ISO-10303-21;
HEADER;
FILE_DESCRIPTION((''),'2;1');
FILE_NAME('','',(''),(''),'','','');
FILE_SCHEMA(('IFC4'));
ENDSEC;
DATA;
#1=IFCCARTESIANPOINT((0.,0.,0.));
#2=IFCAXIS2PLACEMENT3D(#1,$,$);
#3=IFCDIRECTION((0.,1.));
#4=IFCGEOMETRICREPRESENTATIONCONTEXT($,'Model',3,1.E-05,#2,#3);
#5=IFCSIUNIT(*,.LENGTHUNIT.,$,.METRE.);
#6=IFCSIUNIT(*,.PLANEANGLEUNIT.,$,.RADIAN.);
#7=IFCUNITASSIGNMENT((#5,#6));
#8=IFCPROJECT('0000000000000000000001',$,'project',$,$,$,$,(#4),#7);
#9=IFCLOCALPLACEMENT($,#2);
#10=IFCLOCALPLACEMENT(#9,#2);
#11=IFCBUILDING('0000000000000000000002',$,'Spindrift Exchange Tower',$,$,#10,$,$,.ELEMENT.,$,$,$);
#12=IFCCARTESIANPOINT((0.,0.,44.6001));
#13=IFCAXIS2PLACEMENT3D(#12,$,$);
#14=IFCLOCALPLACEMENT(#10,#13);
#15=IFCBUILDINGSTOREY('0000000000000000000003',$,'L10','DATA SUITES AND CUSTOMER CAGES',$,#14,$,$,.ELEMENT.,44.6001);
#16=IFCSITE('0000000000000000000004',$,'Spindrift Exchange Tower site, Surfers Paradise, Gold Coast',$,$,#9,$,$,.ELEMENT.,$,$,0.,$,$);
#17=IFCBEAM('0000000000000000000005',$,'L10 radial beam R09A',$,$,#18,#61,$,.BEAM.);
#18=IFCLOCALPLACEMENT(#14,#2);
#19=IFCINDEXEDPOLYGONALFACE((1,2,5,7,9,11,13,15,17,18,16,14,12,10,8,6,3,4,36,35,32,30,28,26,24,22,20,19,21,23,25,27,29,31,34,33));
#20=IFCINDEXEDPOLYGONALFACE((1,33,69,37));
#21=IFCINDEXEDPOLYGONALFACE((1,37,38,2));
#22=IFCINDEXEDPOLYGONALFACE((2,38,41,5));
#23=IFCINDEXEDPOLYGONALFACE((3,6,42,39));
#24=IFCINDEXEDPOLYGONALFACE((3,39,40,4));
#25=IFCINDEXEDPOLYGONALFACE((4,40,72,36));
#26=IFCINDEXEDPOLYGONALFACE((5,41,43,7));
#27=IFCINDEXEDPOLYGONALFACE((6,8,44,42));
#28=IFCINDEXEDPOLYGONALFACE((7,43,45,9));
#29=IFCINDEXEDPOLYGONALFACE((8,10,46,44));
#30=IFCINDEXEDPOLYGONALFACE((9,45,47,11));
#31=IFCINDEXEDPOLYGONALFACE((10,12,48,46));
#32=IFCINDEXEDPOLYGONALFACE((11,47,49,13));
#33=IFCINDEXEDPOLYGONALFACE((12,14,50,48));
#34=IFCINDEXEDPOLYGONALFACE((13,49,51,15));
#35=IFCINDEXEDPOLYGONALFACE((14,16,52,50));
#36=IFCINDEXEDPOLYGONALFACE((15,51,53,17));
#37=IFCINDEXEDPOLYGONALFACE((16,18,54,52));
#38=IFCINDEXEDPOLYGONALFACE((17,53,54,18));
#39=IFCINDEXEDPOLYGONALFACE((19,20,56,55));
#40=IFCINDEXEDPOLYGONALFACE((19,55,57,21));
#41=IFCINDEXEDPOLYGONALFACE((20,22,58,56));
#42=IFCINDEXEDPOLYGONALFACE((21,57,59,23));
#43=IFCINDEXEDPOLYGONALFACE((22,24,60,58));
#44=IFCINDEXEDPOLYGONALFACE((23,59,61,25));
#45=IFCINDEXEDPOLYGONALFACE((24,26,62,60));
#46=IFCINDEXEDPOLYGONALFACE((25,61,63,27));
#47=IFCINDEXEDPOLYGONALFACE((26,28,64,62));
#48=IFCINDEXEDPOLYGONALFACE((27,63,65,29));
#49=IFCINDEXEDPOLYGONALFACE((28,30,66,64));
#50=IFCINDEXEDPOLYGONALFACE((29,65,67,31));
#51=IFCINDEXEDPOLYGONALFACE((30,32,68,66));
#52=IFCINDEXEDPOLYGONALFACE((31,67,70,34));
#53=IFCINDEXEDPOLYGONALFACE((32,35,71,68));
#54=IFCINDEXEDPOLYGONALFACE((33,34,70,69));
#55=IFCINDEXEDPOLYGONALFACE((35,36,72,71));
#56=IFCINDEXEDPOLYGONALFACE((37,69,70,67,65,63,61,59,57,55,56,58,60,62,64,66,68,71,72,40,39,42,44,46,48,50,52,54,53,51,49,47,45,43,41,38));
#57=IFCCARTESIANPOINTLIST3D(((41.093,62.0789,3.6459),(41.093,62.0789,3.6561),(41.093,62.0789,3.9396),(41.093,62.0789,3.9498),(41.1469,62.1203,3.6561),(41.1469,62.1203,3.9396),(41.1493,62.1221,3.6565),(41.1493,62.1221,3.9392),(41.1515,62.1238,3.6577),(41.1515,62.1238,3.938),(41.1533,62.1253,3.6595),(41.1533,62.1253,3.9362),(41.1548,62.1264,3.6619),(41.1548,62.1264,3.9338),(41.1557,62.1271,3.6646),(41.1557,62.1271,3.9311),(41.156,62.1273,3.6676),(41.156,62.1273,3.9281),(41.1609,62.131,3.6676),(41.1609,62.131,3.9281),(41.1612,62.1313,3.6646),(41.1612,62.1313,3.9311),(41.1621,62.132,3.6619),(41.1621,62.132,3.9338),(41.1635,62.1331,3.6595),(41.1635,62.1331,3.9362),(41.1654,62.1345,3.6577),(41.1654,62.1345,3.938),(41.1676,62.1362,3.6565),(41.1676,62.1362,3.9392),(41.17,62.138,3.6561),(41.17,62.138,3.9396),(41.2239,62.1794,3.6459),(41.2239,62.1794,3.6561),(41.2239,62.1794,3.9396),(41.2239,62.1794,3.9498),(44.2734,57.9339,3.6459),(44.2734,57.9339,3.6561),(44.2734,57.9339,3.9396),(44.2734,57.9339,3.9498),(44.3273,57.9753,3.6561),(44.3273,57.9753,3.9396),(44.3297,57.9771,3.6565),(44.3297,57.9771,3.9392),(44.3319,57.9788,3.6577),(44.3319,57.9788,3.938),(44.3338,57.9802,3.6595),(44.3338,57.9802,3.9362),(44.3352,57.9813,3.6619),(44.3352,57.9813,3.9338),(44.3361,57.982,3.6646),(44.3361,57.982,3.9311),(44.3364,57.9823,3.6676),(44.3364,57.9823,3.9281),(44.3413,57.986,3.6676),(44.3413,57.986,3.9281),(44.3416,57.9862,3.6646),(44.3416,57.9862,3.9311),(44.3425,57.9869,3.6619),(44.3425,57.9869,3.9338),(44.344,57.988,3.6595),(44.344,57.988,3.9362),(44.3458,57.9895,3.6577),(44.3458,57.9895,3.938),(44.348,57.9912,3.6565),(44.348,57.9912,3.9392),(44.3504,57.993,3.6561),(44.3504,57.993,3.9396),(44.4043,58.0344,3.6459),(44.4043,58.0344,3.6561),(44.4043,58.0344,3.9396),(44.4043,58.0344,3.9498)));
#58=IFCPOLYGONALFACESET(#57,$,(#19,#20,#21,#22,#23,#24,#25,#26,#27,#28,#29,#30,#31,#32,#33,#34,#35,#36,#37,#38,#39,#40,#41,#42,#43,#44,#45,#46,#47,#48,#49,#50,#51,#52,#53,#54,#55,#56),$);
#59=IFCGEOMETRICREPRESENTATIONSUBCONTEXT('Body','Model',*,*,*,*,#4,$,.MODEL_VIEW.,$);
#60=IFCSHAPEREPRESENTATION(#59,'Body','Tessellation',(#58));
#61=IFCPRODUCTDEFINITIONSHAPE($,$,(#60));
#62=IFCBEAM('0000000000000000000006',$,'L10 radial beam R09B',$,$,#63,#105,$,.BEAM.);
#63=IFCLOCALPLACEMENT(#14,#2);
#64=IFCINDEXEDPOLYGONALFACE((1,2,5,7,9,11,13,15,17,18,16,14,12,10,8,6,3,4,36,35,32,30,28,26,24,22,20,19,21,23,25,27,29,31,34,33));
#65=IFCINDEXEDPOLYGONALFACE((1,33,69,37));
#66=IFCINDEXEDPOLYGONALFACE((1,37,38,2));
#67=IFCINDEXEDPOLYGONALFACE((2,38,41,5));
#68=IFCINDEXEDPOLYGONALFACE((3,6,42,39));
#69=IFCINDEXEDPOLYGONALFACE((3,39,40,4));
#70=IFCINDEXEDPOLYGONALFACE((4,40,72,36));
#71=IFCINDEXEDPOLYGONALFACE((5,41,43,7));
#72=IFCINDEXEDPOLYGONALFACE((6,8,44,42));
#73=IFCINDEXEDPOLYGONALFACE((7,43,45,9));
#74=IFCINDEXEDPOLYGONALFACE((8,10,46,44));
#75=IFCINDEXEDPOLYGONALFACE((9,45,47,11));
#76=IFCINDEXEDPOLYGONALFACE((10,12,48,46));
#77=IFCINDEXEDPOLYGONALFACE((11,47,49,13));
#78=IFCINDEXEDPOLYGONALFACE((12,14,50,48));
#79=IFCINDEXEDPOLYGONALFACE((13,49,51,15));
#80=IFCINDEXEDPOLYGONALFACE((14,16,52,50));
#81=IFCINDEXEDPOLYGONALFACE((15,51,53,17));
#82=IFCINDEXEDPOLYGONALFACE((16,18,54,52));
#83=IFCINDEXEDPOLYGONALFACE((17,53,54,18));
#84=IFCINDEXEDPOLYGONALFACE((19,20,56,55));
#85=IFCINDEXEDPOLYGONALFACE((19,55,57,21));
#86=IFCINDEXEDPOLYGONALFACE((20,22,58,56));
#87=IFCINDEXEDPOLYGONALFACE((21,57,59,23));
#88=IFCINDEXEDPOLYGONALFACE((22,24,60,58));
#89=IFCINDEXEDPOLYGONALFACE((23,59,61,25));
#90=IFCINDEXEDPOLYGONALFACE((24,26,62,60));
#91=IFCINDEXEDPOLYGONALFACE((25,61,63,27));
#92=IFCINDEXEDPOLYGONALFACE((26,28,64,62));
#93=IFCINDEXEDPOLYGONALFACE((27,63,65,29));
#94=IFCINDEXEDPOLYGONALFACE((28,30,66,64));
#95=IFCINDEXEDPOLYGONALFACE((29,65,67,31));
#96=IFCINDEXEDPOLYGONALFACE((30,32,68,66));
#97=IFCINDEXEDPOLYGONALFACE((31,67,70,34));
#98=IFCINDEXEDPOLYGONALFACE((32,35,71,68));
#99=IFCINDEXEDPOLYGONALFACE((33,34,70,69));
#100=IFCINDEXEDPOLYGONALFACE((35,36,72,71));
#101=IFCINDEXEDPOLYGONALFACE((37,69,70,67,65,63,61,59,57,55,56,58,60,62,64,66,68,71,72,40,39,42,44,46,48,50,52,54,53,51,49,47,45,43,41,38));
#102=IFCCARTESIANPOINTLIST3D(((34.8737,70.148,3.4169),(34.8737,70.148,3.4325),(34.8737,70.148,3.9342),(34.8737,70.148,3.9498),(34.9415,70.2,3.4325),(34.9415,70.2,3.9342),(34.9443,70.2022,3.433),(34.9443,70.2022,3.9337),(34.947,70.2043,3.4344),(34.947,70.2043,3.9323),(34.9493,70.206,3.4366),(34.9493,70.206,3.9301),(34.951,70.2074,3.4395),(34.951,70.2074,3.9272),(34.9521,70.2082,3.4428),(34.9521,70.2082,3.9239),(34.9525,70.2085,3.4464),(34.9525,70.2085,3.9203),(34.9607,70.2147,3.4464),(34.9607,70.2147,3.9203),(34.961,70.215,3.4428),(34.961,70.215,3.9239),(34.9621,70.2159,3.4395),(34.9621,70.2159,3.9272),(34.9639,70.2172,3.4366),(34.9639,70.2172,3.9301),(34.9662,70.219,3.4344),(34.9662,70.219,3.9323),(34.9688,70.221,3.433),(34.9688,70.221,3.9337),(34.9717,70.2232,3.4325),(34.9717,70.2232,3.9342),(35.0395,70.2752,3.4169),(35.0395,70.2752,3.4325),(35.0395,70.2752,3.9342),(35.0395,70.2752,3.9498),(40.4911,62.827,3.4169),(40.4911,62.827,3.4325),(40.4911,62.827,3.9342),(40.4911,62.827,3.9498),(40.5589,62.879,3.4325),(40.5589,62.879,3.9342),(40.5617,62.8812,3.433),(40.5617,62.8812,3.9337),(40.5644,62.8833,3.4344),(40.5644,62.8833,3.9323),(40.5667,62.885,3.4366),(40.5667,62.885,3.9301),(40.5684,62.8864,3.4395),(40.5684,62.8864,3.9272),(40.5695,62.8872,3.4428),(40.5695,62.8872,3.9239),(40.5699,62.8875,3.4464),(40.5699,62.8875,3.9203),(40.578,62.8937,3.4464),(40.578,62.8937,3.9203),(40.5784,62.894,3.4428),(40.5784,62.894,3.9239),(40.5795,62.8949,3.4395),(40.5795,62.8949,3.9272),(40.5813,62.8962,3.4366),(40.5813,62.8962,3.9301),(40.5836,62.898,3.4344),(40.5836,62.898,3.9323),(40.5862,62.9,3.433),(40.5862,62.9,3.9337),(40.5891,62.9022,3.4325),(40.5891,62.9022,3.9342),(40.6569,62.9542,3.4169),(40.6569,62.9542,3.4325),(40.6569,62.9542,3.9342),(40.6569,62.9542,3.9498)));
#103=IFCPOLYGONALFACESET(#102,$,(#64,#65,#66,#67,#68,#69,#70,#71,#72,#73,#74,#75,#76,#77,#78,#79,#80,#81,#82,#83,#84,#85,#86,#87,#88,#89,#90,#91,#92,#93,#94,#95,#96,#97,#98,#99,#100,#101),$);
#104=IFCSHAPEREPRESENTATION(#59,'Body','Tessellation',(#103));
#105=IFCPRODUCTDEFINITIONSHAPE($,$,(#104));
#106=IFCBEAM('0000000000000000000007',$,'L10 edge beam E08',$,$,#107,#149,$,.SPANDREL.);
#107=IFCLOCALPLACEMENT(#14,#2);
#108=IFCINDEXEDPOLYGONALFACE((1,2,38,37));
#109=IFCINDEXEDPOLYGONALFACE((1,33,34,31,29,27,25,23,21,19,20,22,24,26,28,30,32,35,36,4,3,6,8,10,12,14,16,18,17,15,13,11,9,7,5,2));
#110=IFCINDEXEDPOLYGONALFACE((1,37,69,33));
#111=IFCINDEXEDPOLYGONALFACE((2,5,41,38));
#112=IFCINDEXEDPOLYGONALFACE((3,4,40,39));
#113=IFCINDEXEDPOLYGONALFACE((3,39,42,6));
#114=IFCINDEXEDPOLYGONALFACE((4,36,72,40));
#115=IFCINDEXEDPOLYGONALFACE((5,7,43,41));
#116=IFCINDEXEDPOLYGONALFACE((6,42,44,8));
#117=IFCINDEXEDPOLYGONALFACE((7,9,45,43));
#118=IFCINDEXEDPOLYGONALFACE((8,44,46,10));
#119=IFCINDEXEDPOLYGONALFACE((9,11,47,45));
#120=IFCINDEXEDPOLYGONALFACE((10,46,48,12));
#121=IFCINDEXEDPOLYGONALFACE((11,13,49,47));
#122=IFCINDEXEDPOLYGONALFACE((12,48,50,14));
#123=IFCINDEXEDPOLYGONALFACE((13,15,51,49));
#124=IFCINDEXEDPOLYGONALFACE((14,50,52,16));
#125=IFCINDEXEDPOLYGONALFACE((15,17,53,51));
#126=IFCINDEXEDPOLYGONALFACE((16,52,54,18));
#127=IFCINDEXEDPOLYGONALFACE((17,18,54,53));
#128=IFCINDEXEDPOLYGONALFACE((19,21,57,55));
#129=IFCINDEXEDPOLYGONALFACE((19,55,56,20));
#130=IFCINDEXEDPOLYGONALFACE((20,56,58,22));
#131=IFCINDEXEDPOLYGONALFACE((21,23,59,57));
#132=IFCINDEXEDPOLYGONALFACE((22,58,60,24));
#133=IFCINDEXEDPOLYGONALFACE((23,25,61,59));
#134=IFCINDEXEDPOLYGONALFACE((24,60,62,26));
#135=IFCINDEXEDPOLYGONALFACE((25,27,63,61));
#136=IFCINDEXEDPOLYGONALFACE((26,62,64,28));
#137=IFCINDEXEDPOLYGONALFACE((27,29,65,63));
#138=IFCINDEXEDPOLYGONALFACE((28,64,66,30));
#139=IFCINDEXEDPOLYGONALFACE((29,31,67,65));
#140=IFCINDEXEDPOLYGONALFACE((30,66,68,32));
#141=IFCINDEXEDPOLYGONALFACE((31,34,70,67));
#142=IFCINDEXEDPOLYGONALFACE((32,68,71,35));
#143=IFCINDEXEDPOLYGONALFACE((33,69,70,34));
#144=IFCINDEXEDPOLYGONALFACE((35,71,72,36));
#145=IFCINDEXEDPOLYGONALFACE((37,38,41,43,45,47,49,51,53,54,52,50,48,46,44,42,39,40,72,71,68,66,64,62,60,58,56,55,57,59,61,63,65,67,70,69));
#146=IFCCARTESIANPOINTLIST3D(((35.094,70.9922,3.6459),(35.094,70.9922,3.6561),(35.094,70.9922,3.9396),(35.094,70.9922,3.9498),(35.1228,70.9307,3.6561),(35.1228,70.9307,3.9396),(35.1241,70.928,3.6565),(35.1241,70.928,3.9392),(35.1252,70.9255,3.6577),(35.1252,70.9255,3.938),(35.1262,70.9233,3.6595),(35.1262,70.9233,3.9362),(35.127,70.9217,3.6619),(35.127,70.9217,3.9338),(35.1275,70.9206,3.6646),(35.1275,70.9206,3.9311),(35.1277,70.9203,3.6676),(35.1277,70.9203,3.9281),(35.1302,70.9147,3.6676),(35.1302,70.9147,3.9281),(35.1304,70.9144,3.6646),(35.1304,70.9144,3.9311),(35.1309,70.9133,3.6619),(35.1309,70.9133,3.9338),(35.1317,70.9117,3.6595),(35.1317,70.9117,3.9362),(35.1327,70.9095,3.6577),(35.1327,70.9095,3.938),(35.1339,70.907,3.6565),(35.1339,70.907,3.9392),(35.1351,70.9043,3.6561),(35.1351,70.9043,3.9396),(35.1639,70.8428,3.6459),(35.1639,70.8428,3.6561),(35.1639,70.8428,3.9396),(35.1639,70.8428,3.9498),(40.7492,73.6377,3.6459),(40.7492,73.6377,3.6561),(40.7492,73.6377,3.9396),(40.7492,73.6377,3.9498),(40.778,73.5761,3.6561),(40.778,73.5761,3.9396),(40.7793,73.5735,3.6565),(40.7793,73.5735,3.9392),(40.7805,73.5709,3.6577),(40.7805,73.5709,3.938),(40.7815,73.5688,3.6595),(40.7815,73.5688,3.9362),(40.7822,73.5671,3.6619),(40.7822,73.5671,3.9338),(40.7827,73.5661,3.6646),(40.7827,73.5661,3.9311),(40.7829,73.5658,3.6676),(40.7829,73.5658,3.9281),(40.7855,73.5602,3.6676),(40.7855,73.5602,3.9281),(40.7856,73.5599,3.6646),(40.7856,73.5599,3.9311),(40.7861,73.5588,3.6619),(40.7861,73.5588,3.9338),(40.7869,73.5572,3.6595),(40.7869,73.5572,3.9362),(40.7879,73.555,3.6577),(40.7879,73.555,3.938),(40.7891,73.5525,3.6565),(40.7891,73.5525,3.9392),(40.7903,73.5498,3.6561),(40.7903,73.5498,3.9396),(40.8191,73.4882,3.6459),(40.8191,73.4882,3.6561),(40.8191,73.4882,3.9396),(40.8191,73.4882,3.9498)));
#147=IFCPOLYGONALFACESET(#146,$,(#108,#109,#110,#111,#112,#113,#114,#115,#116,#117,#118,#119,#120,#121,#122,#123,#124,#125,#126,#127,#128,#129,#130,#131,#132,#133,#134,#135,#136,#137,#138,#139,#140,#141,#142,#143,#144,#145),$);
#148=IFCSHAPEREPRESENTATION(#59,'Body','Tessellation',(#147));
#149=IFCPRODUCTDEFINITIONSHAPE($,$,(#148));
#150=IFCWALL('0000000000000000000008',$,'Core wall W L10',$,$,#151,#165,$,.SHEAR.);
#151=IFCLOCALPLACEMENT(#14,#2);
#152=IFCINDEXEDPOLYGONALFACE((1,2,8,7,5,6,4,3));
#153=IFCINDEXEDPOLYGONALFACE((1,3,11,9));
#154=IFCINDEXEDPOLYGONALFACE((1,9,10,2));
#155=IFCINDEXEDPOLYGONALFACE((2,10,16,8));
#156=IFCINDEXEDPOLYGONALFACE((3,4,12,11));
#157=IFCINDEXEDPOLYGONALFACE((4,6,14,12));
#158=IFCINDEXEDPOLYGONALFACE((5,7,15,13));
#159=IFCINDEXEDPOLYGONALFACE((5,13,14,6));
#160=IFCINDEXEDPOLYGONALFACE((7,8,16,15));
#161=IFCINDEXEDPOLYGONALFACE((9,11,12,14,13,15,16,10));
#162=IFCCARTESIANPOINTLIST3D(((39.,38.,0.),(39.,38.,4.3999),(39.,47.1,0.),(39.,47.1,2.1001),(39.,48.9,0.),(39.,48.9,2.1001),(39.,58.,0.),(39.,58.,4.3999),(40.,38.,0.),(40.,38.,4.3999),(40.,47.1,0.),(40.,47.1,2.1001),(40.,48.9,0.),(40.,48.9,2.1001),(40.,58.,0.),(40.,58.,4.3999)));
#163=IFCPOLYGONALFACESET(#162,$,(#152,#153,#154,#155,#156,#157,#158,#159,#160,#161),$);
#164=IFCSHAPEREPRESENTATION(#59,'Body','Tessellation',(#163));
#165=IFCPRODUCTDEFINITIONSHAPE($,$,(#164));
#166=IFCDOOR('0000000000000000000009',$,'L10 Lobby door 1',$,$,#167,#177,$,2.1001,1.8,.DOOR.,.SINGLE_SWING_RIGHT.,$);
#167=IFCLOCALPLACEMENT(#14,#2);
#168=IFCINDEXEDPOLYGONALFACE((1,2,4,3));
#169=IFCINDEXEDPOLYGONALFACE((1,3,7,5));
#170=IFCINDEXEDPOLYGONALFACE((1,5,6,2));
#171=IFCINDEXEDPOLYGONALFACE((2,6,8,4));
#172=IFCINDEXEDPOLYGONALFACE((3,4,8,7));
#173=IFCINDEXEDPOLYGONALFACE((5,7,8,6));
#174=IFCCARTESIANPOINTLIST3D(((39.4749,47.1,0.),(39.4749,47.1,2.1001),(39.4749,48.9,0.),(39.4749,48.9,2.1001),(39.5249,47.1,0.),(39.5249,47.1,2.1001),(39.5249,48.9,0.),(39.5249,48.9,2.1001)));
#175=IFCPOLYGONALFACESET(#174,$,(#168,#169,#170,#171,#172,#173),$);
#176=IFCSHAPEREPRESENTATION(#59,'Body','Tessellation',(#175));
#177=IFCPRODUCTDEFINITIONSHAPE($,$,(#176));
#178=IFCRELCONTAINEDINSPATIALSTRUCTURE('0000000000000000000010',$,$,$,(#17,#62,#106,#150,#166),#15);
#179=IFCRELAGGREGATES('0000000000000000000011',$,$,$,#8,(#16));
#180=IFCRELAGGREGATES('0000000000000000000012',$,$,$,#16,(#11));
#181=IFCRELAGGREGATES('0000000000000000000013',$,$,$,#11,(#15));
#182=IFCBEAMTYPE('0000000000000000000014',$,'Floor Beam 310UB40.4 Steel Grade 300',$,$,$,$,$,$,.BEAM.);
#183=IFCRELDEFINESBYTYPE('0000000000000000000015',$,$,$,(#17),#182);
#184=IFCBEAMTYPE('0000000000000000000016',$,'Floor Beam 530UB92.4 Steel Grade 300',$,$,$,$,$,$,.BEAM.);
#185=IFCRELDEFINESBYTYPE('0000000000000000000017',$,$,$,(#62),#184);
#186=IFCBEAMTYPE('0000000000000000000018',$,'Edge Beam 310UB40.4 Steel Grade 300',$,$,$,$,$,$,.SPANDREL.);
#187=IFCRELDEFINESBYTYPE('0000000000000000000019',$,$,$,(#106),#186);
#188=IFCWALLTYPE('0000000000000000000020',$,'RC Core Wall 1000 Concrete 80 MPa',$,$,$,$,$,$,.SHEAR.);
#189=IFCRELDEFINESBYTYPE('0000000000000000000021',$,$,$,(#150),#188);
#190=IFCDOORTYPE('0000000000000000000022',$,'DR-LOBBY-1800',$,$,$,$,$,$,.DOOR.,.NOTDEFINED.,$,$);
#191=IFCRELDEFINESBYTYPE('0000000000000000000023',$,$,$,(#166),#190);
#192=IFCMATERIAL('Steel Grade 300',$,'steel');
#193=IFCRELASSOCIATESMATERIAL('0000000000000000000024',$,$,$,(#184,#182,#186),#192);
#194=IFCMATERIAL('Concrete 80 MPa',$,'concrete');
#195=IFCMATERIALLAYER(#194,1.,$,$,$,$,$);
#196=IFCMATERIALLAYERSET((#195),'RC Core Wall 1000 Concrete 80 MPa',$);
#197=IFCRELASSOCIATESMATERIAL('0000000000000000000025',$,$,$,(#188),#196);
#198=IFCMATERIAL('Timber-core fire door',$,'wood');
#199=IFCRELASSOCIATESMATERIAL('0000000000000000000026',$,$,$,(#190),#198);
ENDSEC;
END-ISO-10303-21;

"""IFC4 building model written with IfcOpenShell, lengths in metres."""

from ifc_helpers import new_model, si_unit, direction, frame, frame_2d, origin, origin_2d, place, context, subcontext, project, spatial, rectangle, i_section, extrude, source, transform, mapped, material, layer, layer_set, material_profile, profile_set, type_object, element, fill, save


model = new_model("IFC4")

# Units and contexts
model_context = context("Model", 3, precision=1e-05, world=origin(), true_north=direction((0.0, 1.0)))
body_context = subcontext(model_context, "Body", "Model", "MODEL_VIEW")
ifc_project = project(units=[si_unit("LENGTHUNIT", "METRE"), si_unit("PLANEANGLEUNIT", "RADIAN")], contexts=[model_context])

# Site, building, storey
site_placement = place(None, origin())
site = spatial("IfcSite", under=ifc_project, at=site_placement, Name="Spindrift Exchange Tower site, Surfers Paradise, Gold Coast", CompositionType="ELEMENT", RefElevation=0.0)
building_placement = place(site_placement, origin())
building = spatial("IfcBuilding", under=site, at=building_placement, Name="Spindrift Exchange Tower", CompositionType="ELEMENT")
storey_placement = place(building_placement, frame((0.0, 0.0, 44.6001)))
storey = spatial("IfcBuildingStorey", under=building, at=storey_placement, Name="L10", Description="DATA SUITES AND CUSTOMER CAGES", CompositionType="ELEMENT", Elevation=44.6001)

# Shared definitions
ifc_material_1 = material(Name="Concrete 80 MPa", Category="concrete")

# Beams
ifc_material_2 = material(Name="Steel Grade 300", Category="steel")
ifc_material_profile_1 = material_profile(ifc_material_2, i_section(OverallWidth=0.209, OverallDepth=0.533, WebThickness=0.0103, FlangeThickness=0.0156, FilletRadius=0.0139, at=origin_2d()), Name="530UB92.4")
ifc_profile_set_1 = profile_set([ifc_material_profile_1], Name="Steel Grade 300")
beam_type_1 = type_object("IfcBeamType", Name="Floor Beam 530UB92.4 Steel Grade 300", PredefinedType="BEAM", material=ifc_profile_set_1)
ifc_material_profile_2 = material_profile(ifc_material_2, i_section(OverallWidth=0.165, OverallDepth=0.304, WebThickness=0.0061, FlangeThickness=0.0103, FilletRadius=0.0115, at=origin_2d()), Name="310UB40.4")
ifc_profile_set_2 = profile_set([ifc_material_profile_2], Name="Steel Grade 300")
beam_type_2 = type_object("IfcBeamType", Name="Floor Beam 310UB40.4 Steel Grade 300", PredefinedType="BEAM", material=ifc_profile_set_2)
shared_shape_1 = source(origin(), body_context, "Body", "SweptSolid", [
    extrude(i_section(OverallWidth=0.165, OverallDepth=0.304, WebThickness=0.0061, FlangeThickness=0.0103, FilletRadius=0.0115, at=origin_2d()), origin(), (0.0, 0.0, 1.0), 5.2246),
])
beam_1_placement = place(storey_placement, frame((44.3389, 57.9841, 3.7979), z_axis=(-0.608741, 0.793369, 0.0), x_axis=(-0.793369, -0.608741, 0.0)))
element("IfcBeam", 1, at=beam_1_placement, inside=storey, type_object=beam_type_2, Name="L10 radial beam R09A", PredefinedType="BEAM", context=body_context, shape_type="MappedRepresentation", body=[
    mapped(shared_shape_1, transform((0.0, 0.0, 0.0), scale=1.0)),
])
shared_shape_2 = source(origin(), body_context, "Body", "SweptSolid", [
    extrude(i_section(OverallWidth=0.209, OverallDepth=0.533, WebThickness=0.0103, FlangeThickness=0.0156, FilletRadius=0.0139, at=origin_2d()), origin(), (0.0, 0.0, 1.0), 9.2278),
])
beam_2_placement = place(storey_placement, frame((40.574, 62.8906, 3.6833), z_axis=(-0.608748, 0.793364, 0.0), x_axis=(-0.793364, -0.608748, 0.0)))
element("IfcBeam", 2, at=beam_2_placement, inside=storey, type_object=beam_type_1, Name="L10 radial beam R09B", PredefinedType="BEAM", context=body_context, shape_type="MappedRepresentation", body=[
    mapped(shared_shape_2, transform((0.0, 0.0, 0.0), scale=1.0)),
])
ifc_material_profile_3 = material_profile(ifc_material_2, i_section(OverallWidth=0.165, OverallDepth=0.304, WebThickness=0.0061, FlangeThickness=0.0103, FilletRadius=0.0115, at=origin_2d()), Name="310UB40.4")
ifc_profile_set_3 = profile_set([ifc_material_profile_3], Name="Steel Grade 300")
beam_type_3 = type_object("IfcBeamType", Name="Edge Beam 310UB40.4 Steel Grade 300", PredefinedType="SPANDREL", material=ifc_profile_set_3)
shared_shape_3 = source(origin(), body_context, "Body", "SweptSolid", [
    extrude(i_section(OverallWidth=0.165, OverallDepth=0.304, WebThickness=0.0061, FlangeThickness=0.0103, FilletRadius=0.0115, at=origin_2d()), origin(), (0.0, 0.0, 1.0), 6.2434),
])
beam_3_placement = place(storey_placement, frame((40.7842, 73.563, 3.7979), z_axis=(-0.905791, -0.423724, 0.0), x_axis=(0.423724, -0.905791, 0.0)))
element("IfcBeam", 3, at=beam_3_placement, inside=storey, type_object=beam_type_3, Name="L10 edge beam E08", PredefinedType="SPANDREL", context=body_context, shape_type="MappedRepresentation", body=[
    mapped(shared_shape_3, transform((0.0, 0.0, 0.0), scale=1.0)),
])

# Wall, opening, door
ifc_layer_1 = layer(ifc_material_1, 1.0)
ifc_layer_set_1 = layer_set([ifc_layer_1], Name="RC Core Wall 1000 Concrete 80 MPa")
wall_type_1 = type_object("IfcWallType", Name="RC Core Wall 1000 Concrete 80 MPa", PredefinedType="SHEAR", material=ifc_layer_set_1)
wall_1_placement = place(storey_placement, frame((39.5, 58.0, 0.0), z_axis=(0.0, 0.0, 1.0), x_axis=(0.0, -1.0, 0.0)))
wall_1 = element("IfcWall", 4, at=wall_1_placement, inside=storey, type_object=wall_type_1, Name="Core wall W L10", PredefinedType="SHEAR", context=body_context, shape_type="SweptSolid", body=[
    extrude(rectangle(XDim=20.0, YDim=1.0, at=frame_2d((10.0, 0.0))), origin(), (0.0, 0.0, 1.0), 4.3999),
])
opening_1_placement = place(wall_1_placement, frame((9.1001, 0.0, 0.0)))
opening_1 = element("IfcOpeningElement", 5, at=opening_1_placement, cuts=wall_1, PredefinedType="OPENING", context=body_context, shape_type="SweptSolid", body=[
    extrude(rectangle(XDim=1.8, YDim=2.1001, at=frame_2d((0.8999, 1.05))), frame((0.0, 0.51, 0.0), z_axis=(0.0, -1.0, 0.0), x_axis=(1.0, 0.0, 0.0)), (0.0, 0.0, 1.0), 1.02),
])
ifc_material_3 = material(Name="Timber-core fire door", Category="wood")
door_type_1 = type_object("IfcDoorType", Name="DR-LOBBY-1800", OperationType="NOTDEFINED", PredefinedType="DOOR", material=ifc_material_3)
shared_shape_4 = source(origin(), body_context, "Body", "SweptSolid", [
    extrude(rectangle(XDim=1.8, YDim=2.1001, at=frame_2d((0.8999, 1.05))), frame((0.0, 0.0249, 0.0), z_axis=(0.0, -1.0, 0.0), x_axis=(1.0, 0.0, 0.0)), (0.0, 0.0, 1.0), 0.05),
])
door_1_placement = place(opening_1_placement, origin())
door_1 = element("IfcDoor", 6, at=door_1_placement, inside=storey, type_object=door_type_1, Name="L10 Lobby door 1", OperationType="SINGLE_SWING_RIGHT", OverallHeight=2.1001, OverallWidth=1.8, PredefinedType="DOOR", context=body_context, shape_type="MappedRepresentation", body=[
    mapped(shared_shape_4, transform((0.0, 0.0, 0.0), scale=1.0)),
])
fill(opening_1, door_1)

save(model, "model.ifc")
